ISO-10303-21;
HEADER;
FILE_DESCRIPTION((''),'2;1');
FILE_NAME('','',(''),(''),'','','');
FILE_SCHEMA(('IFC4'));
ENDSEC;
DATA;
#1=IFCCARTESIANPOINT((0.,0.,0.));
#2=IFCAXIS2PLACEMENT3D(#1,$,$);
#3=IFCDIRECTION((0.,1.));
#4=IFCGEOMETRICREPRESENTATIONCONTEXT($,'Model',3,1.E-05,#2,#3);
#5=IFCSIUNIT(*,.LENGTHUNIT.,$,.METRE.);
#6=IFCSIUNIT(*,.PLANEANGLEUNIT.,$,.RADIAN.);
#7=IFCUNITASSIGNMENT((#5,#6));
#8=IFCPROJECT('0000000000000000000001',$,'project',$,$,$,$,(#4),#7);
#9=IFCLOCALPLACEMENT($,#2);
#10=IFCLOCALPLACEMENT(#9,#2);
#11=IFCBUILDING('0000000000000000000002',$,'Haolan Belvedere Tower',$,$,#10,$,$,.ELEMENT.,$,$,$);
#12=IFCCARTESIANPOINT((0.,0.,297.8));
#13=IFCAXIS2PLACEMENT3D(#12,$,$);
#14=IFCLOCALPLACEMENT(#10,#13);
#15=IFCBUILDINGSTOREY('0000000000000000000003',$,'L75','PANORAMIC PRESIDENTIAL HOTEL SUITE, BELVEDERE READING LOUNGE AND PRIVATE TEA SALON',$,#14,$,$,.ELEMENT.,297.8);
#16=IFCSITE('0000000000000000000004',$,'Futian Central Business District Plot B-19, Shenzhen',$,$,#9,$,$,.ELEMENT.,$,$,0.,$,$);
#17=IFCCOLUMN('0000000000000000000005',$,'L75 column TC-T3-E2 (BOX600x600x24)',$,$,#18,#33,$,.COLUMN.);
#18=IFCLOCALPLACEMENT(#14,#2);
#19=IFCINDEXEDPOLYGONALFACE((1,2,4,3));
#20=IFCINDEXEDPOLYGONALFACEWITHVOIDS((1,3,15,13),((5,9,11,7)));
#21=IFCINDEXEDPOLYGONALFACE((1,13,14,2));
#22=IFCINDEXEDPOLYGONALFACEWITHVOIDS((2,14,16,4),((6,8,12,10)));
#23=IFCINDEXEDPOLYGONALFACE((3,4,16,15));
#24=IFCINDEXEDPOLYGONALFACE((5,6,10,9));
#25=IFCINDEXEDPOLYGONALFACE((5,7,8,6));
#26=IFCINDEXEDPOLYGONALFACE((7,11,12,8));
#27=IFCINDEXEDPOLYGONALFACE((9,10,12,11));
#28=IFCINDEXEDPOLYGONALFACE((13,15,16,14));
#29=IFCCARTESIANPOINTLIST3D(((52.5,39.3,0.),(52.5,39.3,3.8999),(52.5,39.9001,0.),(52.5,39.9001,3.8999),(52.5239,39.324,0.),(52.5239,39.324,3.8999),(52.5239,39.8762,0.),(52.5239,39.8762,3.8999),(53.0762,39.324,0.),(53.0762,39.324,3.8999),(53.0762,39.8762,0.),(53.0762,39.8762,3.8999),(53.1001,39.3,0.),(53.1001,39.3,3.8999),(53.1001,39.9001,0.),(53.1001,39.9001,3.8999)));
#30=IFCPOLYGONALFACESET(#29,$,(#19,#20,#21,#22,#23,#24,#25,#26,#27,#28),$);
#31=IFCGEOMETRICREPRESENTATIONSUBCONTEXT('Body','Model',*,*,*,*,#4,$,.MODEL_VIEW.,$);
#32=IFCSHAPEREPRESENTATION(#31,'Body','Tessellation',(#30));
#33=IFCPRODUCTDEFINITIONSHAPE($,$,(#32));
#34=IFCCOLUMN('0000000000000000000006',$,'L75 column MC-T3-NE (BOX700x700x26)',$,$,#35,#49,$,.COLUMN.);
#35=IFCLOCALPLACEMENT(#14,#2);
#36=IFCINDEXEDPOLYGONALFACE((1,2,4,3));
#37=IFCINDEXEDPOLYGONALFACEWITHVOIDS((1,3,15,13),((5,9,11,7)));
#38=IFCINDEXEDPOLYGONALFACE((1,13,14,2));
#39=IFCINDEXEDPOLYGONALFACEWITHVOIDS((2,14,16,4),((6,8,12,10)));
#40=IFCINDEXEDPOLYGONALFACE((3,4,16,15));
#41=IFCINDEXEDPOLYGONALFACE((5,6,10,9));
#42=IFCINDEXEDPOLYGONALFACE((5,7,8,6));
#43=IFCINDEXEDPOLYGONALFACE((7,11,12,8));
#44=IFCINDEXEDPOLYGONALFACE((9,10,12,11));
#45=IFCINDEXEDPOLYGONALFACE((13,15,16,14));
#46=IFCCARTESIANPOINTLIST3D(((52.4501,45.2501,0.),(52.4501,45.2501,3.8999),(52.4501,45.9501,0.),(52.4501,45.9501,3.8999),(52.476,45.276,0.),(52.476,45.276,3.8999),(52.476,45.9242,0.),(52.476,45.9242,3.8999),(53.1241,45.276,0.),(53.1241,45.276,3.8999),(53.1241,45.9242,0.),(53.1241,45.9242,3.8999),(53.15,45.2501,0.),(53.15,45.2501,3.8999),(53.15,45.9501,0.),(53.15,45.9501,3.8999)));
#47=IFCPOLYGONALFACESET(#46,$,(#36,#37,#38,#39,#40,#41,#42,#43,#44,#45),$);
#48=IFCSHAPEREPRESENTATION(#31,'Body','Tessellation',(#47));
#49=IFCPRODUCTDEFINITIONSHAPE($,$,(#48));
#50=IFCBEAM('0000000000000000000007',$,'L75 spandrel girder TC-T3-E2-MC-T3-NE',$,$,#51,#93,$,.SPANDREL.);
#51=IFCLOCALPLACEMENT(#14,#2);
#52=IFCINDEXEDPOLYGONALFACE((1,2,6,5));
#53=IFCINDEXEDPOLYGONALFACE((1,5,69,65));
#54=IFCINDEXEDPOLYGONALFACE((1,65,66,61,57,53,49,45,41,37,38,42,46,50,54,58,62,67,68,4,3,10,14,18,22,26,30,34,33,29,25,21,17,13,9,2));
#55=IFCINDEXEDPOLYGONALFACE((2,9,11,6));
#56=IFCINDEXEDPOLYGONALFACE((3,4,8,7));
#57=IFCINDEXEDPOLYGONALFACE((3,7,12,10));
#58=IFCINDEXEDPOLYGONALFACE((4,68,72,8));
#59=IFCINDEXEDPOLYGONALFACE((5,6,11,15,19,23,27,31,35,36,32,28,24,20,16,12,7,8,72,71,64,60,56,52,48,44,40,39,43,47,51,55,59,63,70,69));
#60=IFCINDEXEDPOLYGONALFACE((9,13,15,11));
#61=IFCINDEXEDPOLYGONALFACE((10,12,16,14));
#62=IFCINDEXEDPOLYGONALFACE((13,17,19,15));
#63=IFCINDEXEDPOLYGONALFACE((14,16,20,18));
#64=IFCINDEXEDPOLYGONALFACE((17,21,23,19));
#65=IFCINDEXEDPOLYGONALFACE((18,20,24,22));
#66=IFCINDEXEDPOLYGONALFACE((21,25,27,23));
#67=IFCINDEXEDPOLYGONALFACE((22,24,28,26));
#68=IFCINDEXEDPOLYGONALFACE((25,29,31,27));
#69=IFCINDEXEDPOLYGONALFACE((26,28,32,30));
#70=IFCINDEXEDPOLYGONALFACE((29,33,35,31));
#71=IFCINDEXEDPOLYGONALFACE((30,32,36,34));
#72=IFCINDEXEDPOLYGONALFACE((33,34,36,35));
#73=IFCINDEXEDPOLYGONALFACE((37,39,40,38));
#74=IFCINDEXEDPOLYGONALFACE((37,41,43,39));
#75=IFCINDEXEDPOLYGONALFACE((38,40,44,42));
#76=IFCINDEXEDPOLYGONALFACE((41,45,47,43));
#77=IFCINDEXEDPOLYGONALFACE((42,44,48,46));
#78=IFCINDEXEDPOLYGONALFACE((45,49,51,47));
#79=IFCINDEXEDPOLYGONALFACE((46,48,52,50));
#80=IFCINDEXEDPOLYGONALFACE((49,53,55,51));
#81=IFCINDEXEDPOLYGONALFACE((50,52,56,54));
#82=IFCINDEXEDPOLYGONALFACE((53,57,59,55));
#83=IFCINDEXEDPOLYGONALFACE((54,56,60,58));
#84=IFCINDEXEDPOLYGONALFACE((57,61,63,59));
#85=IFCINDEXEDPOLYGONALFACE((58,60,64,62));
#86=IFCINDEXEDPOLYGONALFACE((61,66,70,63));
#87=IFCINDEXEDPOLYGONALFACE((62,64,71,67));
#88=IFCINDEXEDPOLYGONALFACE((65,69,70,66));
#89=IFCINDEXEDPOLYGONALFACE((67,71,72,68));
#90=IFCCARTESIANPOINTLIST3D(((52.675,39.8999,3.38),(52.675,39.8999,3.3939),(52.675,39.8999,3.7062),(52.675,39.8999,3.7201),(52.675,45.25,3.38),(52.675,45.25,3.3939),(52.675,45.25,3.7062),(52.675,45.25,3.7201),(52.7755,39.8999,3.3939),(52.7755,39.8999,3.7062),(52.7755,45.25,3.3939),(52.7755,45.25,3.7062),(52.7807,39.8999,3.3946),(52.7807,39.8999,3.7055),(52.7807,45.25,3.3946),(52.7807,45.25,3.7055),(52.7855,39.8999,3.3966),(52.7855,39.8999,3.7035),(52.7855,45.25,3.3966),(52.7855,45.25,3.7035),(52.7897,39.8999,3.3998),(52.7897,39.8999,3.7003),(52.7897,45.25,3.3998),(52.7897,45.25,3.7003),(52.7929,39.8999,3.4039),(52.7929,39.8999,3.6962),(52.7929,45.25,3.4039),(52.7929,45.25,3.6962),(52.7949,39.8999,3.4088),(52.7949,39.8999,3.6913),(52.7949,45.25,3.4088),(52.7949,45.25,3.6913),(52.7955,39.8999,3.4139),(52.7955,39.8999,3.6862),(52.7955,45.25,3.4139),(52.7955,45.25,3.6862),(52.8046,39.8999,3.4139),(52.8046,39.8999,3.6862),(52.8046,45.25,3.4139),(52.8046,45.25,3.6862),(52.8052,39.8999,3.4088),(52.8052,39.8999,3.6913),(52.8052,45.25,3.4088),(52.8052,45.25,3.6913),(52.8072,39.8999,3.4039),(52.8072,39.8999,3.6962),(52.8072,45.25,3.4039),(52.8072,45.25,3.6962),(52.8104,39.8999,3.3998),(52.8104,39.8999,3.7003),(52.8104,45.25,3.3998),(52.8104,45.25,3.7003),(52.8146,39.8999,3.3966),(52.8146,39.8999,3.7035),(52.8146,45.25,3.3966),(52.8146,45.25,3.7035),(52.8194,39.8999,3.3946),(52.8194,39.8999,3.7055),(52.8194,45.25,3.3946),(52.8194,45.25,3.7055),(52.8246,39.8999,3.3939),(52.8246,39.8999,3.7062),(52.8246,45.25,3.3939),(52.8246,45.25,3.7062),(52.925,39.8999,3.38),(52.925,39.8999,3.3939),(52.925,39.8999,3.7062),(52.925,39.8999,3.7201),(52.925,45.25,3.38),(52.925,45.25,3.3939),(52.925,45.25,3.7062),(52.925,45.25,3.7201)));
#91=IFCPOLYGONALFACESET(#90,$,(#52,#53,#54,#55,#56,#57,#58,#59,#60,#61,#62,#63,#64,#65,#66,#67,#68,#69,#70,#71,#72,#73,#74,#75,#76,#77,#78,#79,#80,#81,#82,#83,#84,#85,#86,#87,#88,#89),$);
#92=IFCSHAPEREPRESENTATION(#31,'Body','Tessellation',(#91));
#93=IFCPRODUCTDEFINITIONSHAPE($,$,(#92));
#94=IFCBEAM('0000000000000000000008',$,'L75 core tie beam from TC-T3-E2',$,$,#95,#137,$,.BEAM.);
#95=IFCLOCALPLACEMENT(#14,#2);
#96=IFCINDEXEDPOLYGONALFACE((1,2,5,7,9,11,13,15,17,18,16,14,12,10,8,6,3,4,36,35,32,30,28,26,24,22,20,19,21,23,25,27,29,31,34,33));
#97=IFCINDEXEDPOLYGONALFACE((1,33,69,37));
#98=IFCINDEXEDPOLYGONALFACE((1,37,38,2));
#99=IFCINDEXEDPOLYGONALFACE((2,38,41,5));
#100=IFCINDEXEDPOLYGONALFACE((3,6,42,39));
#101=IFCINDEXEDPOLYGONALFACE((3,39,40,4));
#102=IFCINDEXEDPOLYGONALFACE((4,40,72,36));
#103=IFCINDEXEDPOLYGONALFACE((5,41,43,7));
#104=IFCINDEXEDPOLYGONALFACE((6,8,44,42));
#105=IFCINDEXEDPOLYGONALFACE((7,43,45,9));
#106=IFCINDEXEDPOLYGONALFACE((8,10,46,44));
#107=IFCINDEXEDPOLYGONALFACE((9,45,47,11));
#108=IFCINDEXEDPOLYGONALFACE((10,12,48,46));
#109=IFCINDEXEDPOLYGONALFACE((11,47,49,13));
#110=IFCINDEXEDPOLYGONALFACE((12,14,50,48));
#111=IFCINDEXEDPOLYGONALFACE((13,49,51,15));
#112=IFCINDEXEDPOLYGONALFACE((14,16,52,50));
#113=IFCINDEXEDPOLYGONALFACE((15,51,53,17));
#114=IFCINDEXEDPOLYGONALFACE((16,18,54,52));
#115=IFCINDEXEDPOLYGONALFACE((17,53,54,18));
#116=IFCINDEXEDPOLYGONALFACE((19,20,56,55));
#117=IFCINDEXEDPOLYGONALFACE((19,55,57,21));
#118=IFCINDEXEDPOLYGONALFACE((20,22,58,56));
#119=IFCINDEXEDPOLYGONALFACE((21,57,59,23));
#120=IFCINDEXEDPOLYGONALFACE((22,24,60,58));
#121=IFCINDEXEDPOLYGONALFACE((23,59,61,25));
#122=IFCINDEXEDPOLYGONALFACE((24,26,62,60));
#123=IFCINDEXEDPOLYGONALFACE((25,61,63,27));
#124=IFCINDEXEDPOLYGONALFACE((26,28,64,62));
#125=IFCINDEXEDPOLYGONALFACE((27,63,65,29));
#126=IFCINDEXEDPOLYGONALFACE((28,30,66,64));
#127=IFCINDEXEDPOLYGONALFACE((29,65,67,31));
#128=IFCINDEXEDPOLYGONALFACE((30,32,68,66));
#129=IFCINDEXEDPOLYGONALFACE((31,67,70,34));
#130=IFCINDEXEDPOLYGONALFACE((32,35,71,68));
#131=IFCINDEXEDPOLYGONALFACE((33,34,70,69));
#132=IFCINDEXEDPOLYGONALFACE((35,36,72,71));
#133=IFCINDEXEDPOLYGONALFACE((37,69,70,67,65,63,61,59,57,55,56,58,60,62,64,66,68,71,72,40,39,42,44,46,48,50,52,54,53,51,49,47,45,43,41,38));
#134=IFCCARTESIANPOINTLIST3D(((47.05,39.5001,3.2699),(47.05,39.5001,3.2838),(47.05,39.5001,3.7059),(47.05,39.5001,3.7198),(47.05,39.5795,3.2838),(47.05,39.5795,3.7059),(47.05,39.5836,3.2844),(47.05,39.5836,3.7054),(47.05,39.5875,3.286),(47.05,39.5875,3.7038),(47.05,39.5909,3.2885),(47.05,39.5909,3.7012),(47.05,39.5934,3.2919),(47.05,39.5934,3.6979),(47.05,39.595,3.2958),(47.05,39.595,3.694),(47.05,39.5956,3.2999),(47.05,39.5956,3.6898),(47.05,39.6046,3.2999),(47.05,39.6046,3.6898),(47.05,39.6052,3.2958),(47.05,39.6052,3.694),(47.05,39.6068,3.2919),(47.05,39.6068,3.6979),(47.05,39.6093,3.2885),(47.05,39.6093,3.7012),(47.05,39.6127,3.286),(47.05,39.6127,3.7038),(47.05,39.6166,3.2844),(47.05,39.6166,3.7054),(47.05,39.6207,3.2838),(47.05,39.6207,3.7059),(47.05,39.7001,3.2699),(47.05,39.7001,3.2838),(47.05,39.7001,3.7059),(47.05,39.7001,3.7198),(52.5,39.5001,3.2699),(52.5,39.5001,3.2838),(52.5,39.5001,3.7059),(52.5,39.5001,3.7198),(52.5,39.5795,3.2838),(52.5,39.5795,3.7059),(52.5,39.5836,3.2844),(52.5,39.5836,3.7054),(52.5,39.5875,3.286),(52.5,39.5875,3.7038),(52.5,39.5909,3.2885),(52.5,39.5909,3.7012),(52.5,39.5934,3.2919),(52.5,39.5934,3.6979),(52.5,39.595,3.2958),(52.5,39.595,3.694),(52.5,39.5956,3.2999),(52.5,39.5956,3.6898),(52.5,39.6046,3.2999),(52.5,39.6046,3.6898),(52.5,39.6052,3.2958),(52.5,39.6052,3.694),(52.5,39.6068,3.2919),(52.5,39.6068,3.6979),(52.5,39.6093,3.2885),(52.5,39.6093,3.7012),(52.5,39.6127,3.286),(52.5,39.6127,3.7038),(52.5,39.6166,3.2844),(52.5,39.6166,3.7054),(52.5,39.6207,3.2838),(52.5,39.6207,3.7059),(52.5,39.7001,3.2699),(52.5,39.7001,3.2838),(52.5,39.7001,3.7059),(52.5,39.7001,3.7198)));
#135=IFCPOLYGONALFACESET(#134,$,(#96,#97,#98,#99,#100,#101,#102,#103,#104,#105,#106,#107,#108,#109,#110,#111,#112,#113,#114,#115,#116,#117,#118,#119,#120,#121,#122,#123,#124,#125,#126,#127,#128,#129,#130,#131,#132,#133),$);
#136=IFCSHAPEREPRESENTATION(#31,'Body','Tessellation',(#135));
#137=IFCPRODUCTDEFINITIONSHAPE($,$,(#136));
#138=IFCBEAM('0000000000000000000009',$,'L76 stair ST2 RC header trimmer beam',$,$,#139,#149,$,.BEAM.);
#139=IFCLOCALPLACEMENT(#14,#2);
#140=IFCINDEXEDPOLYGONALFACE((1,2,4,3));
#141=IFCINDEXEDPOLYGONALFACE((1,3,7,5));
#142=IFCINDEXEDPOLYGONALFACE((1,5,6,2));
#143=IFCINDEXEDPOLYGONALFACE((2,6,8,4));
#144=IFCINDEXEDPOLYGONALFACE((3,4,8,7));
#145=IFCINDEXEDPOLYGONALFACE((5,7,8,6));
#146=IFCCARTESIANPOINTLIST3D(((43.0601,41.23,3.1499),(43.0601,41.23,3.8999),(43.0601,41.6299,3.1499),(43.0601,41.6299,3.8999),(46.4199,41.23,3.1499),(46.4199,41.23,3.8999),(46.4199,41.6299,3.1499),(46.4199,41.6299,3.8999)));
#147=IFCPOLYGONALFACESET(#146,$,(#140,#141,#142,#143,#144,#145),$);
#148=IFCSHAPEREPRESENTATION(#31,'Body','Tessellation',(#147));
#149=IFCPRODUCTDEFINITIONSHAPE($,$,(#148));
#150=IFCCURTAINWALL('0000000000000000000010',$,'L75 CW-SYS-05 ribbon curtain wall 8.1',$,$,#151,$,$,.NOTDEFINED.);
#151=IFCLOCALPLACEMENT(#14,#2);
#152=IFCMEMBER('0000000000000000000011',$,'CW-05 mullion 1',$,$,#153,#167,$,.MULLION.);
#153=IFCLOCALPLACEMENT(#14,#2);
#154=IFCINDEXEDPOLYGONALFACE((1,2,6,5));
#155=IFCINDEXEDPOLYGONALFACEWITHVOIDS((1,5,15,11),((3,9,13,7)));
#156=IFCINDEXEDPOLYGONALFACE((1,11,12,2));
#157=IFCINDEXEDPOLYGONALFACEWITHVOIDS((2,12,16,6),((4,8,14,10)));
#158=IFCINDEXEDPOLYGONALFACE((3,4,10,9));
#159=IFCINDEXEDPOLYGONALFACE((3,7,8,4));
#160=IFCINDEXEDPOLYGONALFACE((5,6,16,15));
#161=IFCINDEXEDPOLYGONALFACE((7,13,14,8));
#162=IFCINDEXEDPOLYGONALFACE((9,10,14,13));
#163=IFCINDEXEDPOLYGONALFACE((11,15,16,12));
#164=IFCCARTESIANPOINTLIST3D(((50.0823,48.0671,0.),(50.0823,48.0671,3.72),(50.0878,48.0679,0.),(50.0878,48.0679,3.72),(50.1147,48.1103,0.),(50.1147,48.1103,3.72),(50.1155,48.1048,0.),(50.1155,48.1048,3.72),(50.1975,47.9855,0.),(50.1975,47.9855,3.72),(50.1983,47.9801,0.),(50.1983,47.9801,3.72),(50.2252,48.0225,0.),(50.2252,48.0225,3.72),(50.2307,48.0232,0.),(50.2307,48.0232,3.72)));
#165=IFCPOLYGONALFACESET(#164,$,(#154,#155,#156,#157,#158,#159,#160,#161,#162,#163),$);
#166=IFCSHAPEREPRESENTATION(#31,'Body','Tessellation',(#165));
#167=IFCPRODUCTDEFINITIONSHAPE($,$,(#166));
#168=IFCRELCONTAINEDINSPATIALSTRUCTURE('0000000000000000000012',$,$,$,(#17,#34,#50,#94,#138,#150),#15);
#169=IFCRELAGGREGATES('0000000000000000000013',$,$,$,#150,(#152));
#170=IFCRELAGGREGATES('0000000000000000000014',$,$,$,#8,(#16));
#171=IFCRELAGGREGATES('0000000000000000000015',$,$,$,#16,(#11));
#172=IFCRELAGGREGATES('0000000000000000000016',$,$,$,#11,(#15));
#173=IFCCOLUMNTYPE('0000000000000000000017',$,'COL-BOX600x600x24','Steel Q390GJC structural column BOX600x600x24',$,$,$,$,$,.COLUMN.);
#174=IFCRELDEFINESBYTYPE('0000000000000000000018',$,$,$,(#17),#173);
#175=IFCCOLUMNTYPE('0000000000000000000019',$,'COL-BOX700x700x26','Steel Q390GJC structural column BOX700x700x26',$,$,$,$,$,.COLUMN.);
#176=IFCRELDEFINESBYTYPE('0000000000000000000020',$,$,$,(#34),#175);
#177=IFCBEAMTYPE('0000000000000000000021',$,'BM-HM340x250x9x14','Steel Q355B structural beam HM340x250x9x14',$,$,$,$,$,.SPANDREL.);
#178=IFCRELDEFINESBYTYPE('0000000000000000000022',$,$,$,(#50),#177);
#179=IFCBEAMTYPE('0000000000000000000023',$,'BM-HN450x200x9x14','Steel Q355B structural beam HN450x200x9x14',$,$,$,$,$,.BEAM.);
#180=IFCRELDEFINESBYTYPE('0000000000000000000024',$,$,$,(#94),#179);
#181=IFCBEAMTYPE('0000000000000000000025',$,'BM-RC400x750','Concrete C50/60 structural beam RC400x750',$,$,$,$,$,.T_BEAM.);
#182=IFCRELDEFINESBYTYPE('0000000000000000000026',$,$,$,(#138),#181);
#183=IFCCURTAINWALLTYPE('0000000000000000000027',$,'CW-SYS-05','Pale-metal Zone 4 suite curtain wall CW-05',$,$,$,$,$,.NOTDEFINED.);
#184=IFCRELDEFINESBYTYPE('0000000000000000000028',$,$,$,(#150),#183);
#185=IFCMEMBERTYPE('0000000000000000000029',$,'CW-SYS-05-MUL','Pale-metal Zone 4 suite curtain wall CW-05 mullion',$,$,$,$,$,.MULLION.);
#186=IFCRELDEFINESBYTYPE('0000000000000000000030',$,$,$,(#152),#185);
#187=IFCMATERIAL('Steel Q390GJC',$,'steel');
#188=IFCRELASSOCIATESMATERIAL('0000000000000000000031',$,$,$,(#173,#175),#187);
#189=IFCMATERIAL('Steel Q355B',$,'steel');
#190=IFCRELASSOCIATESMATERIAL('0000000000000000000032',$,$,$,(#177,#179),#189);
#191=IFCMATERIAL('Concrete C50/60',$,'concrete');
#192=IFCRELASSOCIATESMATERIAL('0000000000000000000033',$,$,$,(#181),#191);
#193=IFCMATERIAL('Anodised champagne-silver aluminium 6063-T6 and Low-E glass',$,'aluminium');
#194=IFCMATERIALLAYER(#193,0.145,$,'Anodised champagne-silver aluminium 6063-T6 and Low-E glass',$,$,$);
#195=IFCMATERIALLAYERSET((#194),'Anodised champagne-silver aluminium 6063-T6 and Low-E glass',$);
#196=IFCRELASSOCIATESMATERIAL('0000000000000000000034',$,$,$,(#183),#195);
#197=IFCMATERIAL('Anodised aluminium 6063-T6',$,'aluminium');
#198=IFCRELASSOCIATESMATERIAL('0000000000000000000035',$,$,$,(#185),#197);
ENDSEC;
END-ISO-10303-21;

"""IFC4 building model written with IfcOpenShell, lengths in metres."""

from ifc_helpers import new_model, si_unit, direction, frame, origin, origin_2d, place, context, subcontext, project, spatial, rectangle, hollow_rectangle, i_section, extrude, material, layer, layer_set, material_profile, profile_set, type_object, element, aggregate, save


model = new_model("IFC4")

# Units and contexts
model_context = context("Model", 3, precision=1e-05, world=origin(), true_north=direction((0.0, 1.0)))
body_context = subcontext(model_context, "Body", "Model", "MODEL_VIEW")
ifc_project = project(units=[si_unit("LENGTHUNIT", "METRE"), si_unit("PLANEANGLEUNIT", "RADIAN")], contexts=[model_context])

# Site, building, storey
site_placement = place(None, origin())
site = spatial("IfcSite", under=ifc_project, at=site_placement, Name="Futian Central Business District Plot B-19, Shenzhen", CompositionType="ELEMENT", RefElevation=0.0)
building_placement = place(site_placement, origin())
building = spatial("IfcBuilding", under=site, at=building_placement, Name="Haolan Belvedere Tower", CompositionType="ELEMENT")
storey_placement = place(building_placement, frame((0.0, 0.0, 297.8)))
storey = spatial("IfcBuildingStorey", under=building, at=storey_placement, Name="L75", Description="PANORAMIC PRESIDENTIAL HOTEL SUITE, BELVEDERE READING LOUNGE AND PRIVATE TEA SALON", CompositionType="ELEMENT", Elevation=297.8)

# Columns
ifc_material_1 = material(Name="Steel Q390GJC", Category="steel")
ifc_material_profile_1 = material_profile(ifc_material_1, hollow_rectangle(XDim=0.6001, YDim=0.6001, WallThickness=0.0239, at=origin_2d()), Name="Steel Q390GJC")
ifc_profile_set_1 = profile_set([ifc_material_profile_1], Name="Steel Q390GJC")
column_type_1 = type_object("IfcColumnType", Name="COL-BOX600x600x24", Description="Steel Q390GJC structural column BOX600x600x24", PredefinedType="COLUMN", material=ifc_profile_set_1)
column_1_placement = place(storey_placement, frame((52.8, 39.6001, 0.0), z_axis=(0.0, 0.0, 1.0), x_axis=(1.0, 0.0, 0.0)))
element("IfcColumn", 1, at=column_1_placement, inside=storey, type_object=column_type_1, Name="L75 column TC-T3-E2 (BOX600x600x24)", PredefinedType="COLUMN", context=body_context, shape_type="SweptSolid", body=[
    extrude(hollow_rectangle(XDim=0.6001, YDim=0.6001, WallThickness=0.0239, at=origin_2d()), origin(), (0.0, 0.0, 1.0), 3.8999),
])
ifc_material_profile_2 = material_profile(ifc_material_1, hollow_rectangle(XDim=0.7, YDim=0.7, WallThickness=0.0259, at=origin_2d()), Name="Steel Q390GJC")
ifc_profile_set_2 = profile_set([ifc_material_profile_2], Name="Steel Q390GJC")
column_type_2 = type_object("IfcColumnType", Name="COL-BOX700x700x26", Description="Steel Q390GJC structural column BOX700x700x26", PredefinedType="COLUMN", material=ifc_profile_set_2)
column_2_placement = place(storey_placement, frame((52.8, 45.6001, 0.0), z_axis=(0.0, 0.0, 1.0), x_axis=(1.0, 0.0, 0.0)))
element("IfcColumn", 2, at=column_2_placement, inside=storey, type_object=column_type_2, Name="L75 column MC-T3-NE (BOX700x700x26)", PredefinedType="COLUMN", context=body_context, shape_type="SweptSolid", body=[
    extrude(hollow_rectangle(XDim=0.7, YDim=0.7, WallThickness=0.0259, at=origin_2d()), origin(), (0.0, 0.0, 1.0), 3.8999),
])

# Beams
ifc_material_2 = material(Name="Steel Q355B", Category="steel")
ifc_material_profile_3 = material_profile(ifc_material_2, i_section(OverallWidth=0.25, OverallDepth=0.3401, WebThickness=0.009, FlangeThickness=0.0139, FilletRadius=0.02, at=origin_2d()), Name="Steel Q355B")
ifc_profile_set_3 = profile_set([ifc_material_profile_3], Name="Steel Q355B")
beam_type_1 = type_object("IfcBeamType", Name="BM-HM340x250x9x14", Description="Steel Q355B structural beam HM340x250x9x14", PredefinedType="SPANDREL", material=ifc_profile_set_3)
beam_1_placement = place(storey_placement, frame((52.8, 39.8999, 3.55), z_axis=(0.0, 1.0, 0.0), x_axis=(-1.0, 0.0, 0.0)))
element("IfcBeam", 3, at=beam_1_placement, inside=storey, type_object=beam_type_1, Name="L75 spandrel girder TC-T3-E2-MC-T3-NE", PredefinedType="SPANDREL", context=body_context, shape_type="SweptSolid", body=[
    extrude(i_section(OverallWidth=0.25, OverallDepth=0.3401, WebThickness=0.009, FlangeThickness=0.0139, FilletRadius=0.02, at=origin_2d()), origin(), (0.0, 0.0, 1.0), 5.3501),
])
ifc_material_profile_4 = material_profile(ifc_material_2, i_section(OverallWidth=0.2, OverallDepth=0.45, WebThickness=0.009, FlangeThickness=0.0139, FilletRadius=0.0161, at=origin_2d()), Name="Steel Q355B")
ifc_profile_set_4 = profile_set([ifc_material_profile_4], Name="Steel Q355B")
beam_type_2 = type_object("IfcBeamType", Name="BM-HN450x200x9x14", Description="Steel Q355B structural beam HN450x200x9x14", PredefinedType="BEAM", material=ifc_profile_set_4)
beam_2_placement = place(storey_placement, frame((52.5, 39.6001, 3.4949), z_axis=(-1.0, 0.0, 0.0), x_axis=(0.0, -1.0, 0.0)))
element("IfcBeam", 4, at=beam_2_placement, inside=storey, type_object=beam_type_2, Name="L75 core tie beam from TC-T3-E2", PredefinedType="BEAM", context=body_context, shape_type="SweptSolid", body=[
    extrude(i_section(OverallWidth=0.2, OverallDepth=0.45, WebThickness=0.009, FlangeThickness=0.0139, FilletRadius=0.0161, at=origin_2d()), origin(), (0.0, 0.0, 1.0), 5.45),
])
ifc_material_3 = material(Name="Concrete C50/60", Category="concrete")
ifc_material_profile_5 = material_profile(ifc_material_3, rectangle(XDim=0.3999, YDim=0.75, at=origin_2d()), Name="Concrete C50/60")
ifc_profile_set_5 = profile_set([ifc_material_profile_5], Name="Concrete C50/60")
beam_type_3 = type_object("IfcBeamType", Name="BM-RC400x750", Description="Concrete C50/60 structural beam RC400x750", PredefinedType="T_BEAM", material=ifc_profile_set_5)
beam_3_placement = place(storey_placement, frame((43.0601, 41.4299, 3.5249), z_axis=(1.0, 0.0, 0.0), x_axis=(0.0, 1.0, 0.0)))
element("IfcBeam", 5, at=beam_3_placement, inside=storey, type_object=beam_type_3, Name="L76 stair ST2 RC header trimmer beam", PredefinedType="BEAM", context=body_context, shape_type="SweptSolid", body=[
    extrude(rectangle(XDim=0.3999, YDim=0.75, at=origin_2d()), origin(), (0.0, 0.0, 1.0), 3.3599),
])

# Curtain wall, member
ifc_material_4 = material(Name="Anodised champagne-silver aluminium 6063-T6 and Low-E glass", Category="aluminium")
ifc_layer_1 = layer(ifc_material_4, 0.145, Name="Anodised champagne-silver aluminium 6063-T6 and Low-E glass")
ifc_layer_set_1 = layer_set([ifc_layer_1], Name="Anodised champagne-silver aluminium 6063-T6 and Low-E glass")
curtain_wall_type = type_object("IfcCurtainWallType", Name="CW-SYS-05", Description="Pale-metal Zone 4 suite curtain wall CW-05", PredefinedType="NOTDEFINED", material=ifc_layer_set_1)
curtain_wall_placement = place(storey_placement, origin())
curtain_wall = element("IfcCurtainWall", 6, at=curtain_wall_placement, inside=storey, type_object=curtain_wall_type, Name="L75 CW-SYS-05 ribbon curtain wall 8.1", PredefinedType="NOTDEFINED")
ifc_material_5 = material(Name="Anodised aluminium 6063-T6", Category="aluminium")
ifc_material_profile_6 = material_profile(ifc_material_5, hollow_rectangle(XDim=0.054, YDim=0.145, WallThickness=0.0039, at=origin_2d()), Name="Anodised aluminium 6063-T6")
ifc_profile_set_6 = profile_set([ifc_material_profile_6], Name="Anodised aluminium 6063-T6")
member_type = type_object("IfcMemberType", Name="CW-SYS-05-MUL", Description="Pale-metal Zone 4 suite curtain wall CW-05 mullion", PredefinedType="MULLION", material=ifc_profile_set_6)
member_placement = place(storey_placement, frame((50.1565, 48.0452, 0.0), z_axis=(0.0, 0.0, 1.0), x_axis=(-0.600003, -0.799998, 0.0)))
member = element("IfcMember", 7, at=member_placement, type_object=member_type, Name="CW-05 mullion 1", PredefinedType="MULLION", context=body_context, shape_type="SweptSolid", body=[
    extrude(hollow_rectangle(XDim=0.054, YDim=0.145, WallThickness=0.0039, at=origin_2d()), origin(), (0.0, 0.0, 1.0), 3.72),
])
aggregate(curtain_wall, [member])

save(model, "model.ifc")
